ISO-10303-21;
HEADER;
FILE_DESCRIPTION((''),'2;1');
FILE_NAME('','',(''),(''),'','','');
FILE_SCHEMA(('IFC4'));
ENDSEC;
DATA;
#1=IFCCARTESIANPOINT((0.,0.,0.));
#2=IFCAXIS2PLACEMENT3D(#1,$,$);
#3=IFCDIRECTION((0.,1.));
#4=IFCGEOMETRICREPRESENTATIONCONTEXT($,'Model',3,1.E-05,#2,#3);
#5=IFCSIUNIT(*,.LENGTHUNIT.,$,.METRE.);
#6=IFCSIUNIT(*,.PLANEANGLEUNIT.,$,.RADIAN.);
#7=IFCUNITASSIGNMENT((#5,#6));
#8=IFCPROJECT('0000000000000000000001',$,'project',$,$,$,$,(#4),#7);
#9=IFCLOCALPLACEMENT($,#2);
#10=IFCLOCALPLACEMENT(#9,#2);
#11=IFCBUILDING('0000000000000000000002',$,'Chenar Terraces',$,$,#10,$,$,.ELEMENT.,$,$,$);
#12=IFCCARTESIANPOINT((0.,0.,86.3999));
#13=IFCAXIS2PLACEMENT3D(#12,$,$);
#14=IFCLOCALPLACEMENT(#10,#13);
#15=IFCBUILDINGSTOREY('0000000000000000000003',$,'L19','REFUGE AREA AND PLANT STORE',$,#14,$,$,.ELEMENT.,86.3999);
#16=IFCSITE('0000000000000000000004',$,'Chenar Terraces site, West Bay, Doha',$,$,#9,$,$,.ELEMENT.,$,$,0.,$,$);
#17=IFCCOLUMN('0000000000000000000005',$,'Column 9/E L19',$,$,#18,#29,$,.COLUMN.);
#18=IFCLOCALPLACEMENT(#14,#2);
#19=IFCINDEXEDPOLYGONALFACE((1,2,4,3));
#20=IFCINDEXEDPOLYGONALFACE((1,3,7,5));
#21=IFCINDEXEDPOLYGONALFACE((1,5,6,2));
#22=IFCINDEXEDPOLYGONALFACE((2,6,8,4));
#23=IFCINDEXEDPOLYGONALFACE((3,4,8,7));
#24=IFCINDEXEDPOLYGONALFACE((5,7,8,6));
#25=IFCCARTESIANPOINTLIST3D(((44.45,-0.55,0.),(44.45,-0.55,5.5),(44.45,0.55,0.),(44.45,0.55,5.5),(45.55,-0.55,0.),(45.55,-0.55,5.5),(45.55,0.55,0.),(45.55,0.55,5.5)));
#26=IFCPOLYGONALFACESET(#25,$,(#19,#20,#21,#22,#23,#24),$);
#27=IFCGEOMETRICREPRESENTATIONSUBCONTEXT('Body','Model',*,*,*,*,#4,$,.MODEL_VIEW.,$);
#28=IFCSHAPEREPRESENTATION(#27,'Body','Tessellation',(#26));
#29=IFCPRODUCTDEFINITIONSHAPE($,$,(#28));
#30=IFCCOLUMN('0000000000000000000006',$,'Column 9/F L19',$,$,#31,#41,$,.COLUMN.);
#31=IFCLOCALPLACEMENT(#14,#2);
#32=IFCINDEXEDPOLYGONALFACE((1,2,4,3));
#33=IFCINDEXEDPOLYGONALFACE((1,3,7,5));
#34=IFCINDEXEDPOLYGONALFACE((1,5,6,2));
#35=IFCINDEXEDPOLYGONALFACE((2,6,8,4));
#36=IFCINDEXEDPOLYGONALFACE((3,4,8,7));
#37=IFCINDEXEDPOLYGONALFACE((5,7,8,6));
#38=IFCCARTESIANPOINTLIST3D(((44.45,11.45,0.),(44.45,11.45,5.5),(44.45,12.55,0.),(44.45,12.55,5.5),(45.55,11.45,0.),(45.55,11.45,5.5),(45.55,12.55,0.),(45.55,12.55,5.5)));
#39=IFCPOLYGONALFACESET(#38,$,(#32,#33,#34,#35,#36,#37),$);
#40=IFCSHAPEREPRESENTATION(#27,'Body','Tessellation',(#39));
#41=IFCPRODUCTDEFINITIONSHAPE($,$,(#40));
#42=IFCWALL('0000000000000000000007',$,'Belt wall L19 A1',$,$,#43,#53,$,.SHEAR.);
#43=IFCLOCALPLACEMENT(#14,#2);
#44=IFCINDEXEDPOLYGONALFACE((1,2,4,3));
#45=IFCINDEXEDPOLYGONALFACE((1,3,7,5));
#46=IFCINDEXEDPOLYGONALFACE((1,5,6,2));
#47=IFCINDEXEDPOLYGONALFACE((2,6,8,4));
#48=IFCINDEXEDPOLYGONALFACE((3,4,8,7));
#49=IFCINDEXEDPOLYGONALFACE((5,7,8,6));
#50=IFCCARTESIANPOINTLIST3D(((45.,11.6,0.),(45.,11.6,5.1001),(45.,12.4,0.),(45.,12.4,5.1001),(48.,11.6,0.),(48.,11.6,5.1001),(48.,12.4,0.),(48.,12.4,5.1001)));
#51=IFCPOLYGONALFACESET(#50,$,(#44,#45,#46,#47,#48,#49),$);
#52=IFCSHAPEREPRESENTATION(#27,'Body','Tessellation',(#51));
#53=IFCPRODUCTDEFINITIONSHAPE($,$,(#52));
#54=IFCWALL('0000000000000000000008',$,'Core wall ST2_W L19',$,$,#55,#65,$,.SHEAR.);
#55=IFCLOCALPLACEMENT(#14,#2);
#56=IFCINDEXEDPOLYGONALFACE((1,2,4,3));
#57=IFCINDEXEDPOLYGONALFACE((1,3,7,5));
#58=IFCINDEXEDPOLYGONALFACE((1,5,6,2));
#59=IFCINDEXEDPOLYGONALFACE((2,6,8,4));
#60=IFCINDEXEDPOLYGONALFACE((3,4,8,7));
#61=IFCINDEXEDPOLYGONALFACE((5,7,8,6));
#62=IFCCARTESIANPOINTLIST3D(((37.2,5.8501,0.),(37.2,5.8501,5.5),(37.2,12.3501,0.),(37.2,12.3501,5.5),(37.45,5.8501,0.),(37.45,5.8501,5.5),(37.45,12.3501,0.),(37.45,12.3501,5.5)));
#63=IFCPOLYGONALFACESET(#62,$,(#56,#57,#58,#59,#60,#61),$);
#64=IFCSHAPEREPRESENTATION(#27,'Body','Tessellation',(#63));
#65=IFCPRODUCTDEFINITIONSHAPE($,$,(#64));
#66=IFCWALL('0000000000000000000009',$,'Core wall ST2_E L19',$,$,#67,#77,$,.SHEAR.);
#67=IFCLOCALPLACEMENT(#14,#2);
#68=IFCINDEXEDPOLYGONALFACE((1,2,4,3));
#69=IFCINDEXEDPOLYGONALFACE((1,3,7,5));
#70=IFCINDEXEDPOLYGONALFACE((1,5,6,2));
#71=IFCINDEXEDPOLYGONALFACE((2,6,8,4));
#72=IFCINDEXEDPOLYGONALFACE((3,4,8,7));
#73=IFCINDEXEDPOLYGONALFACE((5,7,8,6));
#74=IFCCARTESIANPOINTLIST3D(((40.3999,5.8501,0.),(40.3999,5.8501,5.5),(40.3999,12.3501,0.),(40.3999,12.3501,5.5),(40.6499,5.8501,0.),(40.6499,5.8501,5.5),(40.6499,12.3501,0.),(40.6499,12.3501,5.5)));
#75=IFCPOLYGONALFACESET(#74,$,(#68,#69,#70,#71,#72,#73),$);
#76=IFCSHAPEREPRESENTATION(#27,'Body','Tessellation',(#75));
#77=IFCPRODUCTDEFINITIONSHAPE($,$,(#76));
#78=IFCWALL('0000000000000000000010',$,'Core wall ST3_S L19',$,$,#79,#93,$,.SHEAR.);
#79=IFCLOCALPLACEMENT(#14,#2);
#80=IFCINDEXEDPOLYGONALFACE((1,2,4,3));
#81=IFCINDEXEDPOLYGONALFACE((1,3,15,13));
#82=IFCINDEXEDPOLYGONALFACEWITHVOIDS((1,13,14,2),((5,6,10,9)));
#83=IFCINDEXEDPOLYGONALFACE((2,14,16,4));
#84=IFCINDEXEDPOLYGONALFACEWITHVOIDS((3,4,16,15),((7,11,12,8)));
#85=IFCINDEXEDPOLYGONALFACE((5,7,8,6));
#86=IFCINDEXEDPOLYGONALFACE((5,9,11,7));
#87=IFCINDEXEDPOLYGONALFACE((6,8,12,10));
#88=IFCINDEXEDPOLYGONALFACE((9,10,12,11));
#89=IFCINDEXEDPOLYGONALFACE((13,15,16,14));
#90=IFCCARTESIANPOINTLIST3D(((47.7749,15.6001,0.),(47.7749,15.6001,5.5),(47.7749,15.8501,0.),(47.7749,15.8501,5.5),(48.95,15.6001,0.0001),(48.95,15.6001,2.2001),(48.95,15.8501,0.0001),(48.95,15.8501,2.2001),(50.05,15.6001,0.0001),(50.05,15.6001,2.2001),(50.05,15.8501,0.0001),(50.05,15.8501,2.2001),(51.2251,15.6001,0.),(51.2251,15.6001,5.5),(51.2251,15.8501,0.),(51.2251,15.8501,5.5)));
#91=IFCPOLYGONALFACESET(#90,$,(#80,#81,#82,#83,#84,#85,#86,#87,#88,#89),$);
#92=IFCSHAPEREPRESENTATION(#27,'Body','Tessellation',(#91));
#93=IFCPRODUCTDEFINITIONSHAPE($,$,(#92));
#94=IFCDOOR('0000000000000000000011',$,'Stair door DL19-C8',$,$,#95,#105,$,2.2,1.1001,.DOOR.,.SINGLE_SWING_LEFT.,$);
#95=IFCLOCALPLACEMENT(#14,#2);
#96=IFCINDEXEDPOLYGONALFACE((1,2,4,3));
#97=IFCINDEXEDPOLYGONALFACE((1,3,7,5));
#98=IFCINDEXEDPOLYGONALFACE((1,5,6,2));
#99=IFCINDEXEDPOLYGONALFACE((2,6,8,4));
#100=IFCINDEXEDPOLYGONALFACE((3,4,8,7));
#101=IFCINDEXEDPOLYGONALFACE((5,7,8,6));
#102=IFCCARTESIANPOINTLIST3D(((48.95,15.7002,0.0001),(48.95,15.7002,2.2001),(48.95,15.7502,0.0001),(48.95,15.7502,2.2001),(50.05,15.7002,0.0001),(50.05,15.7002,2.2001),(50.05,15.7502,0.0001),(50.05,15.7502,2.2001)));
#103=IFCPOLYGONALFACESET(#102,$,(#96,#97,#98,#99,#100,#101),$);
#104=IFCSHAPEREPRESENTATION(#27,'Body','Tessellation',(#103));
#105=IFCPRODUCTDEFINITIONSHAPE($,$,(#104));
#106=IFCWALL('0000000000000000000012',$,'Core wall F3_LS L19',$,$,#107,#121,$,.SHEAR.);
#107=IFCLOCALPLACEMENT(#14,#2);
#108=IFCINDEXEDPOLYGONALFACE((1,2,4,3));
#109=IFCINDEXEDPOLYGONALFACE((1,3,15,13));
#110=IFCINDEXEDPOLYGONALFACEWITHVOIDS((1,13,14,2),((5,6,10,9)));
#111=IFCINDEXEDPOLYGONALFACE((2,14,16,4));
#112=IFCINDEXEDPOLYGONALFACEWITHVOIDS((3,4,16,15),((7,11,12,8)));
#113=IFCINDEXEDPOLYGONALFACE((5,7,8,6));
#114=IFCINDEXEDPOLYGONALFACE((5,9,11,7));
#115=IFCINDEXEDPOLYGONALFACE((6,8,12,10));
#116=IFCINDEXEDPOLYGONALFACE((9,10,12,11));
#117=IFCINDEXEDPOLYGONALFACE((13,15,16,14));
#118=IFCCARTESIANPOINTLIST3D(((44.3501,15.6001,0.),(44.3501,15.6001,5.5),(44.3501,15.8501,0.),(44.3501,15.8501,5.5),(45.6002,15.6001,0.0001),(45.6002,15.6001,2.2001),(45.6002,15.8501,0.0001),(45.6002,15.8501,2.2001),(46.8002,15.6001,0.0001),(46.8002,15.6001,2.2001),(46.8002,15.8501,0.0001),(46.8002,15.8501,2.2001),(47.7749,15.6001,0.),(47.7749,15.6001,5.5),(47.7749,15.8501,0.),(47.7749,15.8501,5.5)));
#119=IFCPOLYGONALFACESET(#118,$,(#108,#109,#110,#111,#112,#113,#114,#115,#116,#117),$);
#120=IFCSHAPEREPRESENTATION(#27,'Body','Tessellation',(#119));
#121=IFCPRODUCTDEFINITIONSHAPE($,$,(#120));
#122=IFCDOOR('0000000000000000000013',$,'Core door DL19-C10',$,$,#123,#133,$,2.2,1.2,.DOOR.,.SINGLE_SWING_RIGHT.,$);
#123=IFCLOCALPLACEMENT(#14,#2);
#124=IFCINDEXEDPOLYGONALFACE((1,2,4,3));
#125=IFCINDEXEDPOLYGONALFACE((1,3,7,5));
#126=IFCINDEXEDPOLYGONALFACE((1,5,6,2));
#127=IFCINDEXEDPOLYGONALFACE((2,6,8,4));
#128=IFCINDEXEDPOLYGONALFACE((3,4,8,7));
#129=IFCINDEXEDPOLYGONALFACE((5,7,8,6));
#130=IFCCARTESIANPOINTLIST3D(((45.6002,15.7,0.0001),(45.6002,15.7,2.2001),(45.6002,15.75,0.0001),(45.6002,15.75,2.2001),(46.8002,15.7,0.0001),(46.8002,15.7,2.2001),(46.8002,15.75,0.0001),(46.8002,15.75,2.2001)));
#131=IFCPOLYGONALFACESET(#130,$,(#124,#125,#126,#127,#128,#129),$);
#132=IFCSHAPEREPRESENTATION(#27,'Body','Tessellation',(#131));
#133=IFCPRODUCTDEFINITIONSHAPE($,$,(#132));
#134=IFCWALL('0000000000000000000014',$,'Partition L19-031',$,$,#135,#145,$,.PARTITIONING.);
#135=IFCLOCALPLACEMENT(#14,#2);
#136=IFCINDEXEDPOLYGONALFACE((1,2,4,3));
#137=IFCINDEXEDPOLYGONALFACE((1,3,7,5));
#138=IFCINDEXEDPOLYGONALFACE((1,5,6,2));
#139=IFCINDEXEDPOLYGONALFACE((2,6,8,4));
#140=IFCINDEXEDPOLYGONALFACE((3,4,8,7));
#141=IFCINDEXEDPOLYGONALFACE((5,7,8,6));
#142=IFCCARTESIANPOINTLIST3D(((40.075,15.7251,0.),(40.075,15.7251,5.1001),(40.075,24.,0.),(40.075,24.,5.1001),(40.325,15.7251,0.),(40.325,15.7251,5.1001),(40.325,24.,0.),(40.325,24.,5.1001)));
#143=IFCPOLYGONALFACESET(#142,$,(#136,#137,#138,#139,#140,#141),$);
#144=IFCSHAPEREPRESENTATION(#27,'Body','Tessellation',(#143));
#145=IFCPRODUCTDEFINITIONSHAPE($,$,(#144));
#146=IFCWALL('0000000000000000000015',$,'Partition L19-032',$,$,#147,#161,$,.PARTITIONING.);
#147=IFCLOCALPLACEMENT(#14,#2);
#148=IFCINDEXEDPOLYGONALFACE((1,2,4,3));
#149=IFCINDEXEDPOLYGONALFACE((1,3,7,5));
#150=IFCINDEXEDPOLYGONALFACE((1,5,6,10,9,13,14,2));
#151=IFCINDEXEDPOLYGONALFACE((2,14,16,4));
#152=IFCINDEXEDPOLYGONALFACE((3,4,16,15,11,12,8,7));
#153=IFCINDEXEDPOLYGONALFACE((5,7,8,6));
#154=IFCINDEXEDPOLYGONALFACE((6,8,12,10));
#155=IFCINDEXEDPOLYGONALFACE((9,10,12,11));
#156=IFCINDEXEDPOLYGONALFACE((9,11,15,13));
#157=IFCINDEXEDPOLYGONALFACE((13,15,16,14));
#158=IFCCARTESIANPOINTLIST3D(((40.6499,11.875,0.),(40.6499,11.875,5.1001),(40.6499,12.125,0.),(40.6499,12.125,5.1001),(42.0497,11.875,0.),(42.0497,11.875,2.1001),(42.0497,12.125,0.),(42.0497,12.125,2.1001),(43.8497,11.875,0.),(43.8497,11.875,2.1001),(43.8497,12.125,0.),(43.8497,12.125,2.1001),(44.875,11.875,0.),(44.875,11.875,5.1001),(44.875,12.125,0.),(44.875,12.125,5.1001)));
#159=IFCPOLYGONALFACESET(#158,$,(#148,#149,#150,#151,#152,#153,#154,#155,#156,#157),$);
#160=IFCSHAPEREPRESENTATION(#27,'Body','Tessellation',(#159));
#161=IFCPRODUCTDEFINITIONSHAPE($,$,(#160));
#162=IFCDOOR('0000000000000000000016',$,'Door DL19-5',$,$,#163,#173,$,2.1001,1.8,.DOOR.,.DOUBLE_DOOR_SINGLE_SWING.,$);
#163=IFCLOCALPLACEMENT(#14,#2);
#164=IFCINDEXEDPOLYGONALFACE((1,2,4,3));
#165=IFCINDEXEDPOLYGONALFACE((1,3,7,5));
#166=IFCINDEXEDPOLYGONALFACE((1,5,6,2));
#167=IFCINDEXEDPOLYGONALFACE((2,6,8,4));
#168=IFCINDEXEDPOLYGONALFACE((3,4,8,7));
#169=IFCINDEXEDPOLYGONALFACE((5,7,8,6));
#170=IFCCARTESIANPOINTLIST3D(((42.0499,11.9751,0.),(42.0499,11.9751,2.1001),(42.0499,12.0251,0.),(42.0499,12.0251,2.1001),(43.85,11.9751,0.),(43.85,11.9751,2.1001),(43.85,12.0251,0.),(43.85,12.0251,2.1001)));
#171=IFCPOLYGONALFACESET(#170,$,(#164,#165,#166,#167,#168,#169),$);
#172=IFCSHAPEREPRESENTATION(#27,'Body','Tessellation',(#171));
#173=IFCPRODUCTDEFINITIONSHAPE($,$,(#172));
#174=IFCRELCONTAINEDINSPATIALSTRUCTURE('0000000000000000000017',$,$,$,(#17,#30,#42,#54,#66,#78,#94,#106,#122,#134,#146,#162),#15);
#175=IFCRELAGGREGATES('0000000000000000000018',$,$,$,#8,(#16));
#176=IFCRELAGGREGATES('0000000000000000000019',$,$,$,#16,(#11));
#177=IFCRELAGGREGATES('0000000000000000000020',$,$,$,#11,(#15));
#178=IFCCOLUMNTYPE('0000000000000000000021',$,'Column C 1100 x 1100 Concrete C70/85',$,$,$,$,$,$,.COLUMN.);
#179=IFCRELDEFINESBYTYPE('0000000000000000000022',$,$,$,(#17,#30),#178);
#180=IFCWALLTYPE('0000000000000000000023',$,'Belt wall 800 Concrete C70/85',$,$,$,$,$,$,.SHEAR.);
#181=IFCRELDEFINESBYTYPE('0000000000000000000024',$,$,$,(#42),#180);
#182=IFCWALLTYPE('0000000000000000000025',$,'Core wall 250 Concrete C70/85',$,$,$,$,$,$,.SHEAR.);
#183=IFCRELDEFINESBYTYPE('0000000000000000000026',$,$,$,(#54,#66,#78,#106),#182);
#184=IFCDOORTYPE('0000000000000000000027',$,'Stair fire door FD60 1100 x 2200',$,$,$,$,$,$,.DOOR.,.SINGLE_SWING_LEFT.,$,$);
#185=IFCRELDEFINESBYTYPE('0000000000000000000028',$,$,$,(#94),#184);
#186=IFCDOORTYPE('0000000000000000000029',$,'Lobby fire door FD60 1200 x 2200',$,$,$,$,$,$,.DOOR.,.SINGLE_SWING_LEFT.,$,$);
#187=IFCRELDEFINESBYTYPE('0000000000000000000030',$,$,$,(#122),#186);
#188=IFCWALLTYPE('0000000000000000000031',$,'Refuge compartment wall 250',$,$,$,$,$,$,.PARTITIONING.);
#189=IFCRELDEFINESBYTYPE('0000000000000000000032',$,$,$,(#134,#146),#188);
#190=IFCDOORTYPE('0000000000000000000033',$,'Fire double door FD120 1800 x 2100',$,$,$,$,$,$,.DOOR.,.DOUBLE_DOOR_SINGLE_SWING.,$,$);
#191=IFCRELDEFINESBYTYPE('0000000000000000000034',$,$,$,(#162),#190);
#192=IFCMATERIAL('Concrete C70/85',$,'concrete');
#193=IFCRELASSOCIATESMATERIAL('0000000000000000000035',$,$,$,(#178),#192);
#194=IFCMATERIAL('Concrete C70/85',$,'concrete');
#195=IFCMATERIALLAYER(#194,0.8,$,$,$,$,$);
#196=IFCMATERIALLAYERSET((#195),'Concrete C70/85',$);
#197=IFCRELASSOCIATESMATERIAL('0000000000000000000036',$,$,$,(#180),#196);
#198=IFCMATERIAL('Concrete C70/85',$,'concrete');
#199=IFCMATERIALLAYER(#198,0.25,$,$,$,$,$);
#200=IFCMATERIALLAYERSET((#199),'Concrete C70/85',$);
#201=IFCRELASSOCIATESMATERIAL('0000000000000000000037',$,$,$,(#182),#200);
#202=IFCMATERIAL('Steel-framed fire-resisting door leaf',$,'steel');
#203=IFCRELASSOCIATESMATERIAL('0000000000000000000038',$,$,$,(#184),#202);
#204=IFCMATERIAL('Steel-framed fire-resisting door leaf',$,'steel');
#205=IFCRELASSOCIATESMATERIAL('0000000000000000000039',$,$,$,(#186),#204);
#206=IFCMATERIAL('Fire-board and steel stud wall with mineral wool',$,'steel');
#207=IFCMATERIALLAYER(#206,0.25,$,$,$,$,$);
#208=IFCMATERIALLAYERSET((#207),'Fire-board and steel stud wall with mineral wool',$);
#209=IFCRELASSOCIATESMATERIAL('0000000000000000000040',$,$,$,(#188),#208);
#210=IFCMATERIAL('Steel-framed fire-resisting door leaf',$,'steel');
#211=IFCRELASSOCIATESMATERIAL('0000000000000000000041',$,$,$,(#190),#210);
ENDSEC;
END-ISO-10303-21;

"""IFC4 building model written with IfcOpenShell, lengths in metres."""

from ifc_helpers import new_model, si_unit, direction, frame, frame_2d, origin, origin_2d, place, context, subcontext, project, spatial, rectangle, extrude, material, layer, layer_set, material_profile, profile_set, type_object, element, fill, save


model = new_model("IFC4")

# Units and contexts
model_context = context("Model", 3, precision=1e-05, world=origin(), true_north=direction((0.0, 1.0)))
body_context = subcontext(model_context, "Body", "Model", "MODEL_VIEW")
ifc_project = project(units=[si_unit("LENGTHUNIT", "METRE"), si_unit("PLANEANGLEUNIT", "RADIAN")], contexts=[model_context])

# Site, building, storey
site_placement = place(None, origin())
site = spatial("IfcSite", under=ifc_project, at=site_placement, Name="Chenar Terraces site, West Bay, Doha", CompositionType="ELEMENT", RefElevation=0.0)
building_placement = place(site_placement, origin())
building = spatial("IfcBuilding", under=site, at=building_placement, Name="Chenar Terraces", CompositionType="ELEMENT")
storey_placement = place(building_placement, frame((0.0, 0.0, 86.3999)))
storey = spatial("IfcBuildingStorey", under=building, at=storey_placement, Name="L19", Description="REFUGE AREA AND PLANT STORE", CompositionType="ELEMENT", Elevation=86.3999)

# Columns
ifc_material_1 = material(Name="Concrete C70/85", Category="concrete")
ifc_material_profile_1 = material_profile(ifc_material_1, rectangle(XDim=1.1001, YDim=1.1001, at=origin_2d()), Name="C 1100 x 1100")
ifc_profile_set_1 = profile_set([ifc_material_profile_1], Name="Concrete C70/85")
column_type = type_object("IfcColumnType", Name="Column C 1100 x 1100 Concrete C70/85", PredefinedType="COLUMN", material=ifc_profile_set_1)
column_1_placement = place(storey_placement, frame((45.0, 0.0, 0.0), z_axis=(0.0, 0.0, 1.0), x_axis=(1.0, 0.0, 0.0)))
element("IfcColumn", 1, at=column_1_placement, inside=storey, type_object=column_type, Name="Column 9/E L19", PredefinedType="COLUMN", context=body_context, shape_type="SweptSolid", body=[
    extrude(rectangle(XDim=1.1001, YDim=1.1001, at=origin_2d()), origin(), (0.0, 0.0, 1.0), 5.5),
])
placement = place(storey_placement, frame((45.0, 12.0, 0.0), z_axis=(0.0, 0.0, 1.0), x_axis=(1.0, 0.0, 0.0)))
element("IfcColumn", 2, at=placement, inside=storey, type_object=column_type, Name="Column 9/F L19", PredefinedType="COLUMN", context=body_context, shape_type="SweptSolid", body=[
    extrude(rectangle(XDim=1.1001, YDim=1.1001, at=origin_2d()), origin(), (0.0, 0.0, 1.0), 5.5),
])

# Walls
ifc_material_2 = material(Name="Concrete C70/85", Category="concrete")
ifc_layer_1 = layer(ifc_material_2, 0.8)
ifc_layer_set_1 = layer_set([ifc_layer_1], Name="Concrete C70/85")
wall_type_1 = type_object("IfcWallType", Name="Belt wall 800 Concrete C70/85", PredefinedType="SHEAR", material=ifc_layer_set_1)
element("IfcWall", 3, at=placement, inside=storey, type_object=wall_type_1, Name="Belt wall L19 A1", PredefinedType="SHEAR", context=body_context, shape_type="SweptSolid", body=[
    extrude(rectangle(XDim=3.0, YDim=0.8, at=frame_2d((1.5, 0.0))), origin(), (0.0, 0.0, 1.0), 5.1001),
])
ifc_material_3 = material(Name="Concrete C70/85", Category="concrete")
ifc_layer_2 = layer(ifc_material_3, 0.25)
ifc_layer_set_2 = layer_set([ifc_layer_2], Name="Concrete C70/85")
wall_type_2 = type_object("IfcWallType", Name="Core wall 250 Concrete C70/85", PredefinedType="SHEAR", material=ifc_layer_set_2)
for number, where, z_axis, x_axis, name in (
    (4, (37.325, 5.8501, 0.0), (0.0, 0.0, 1.0), (0.0, 1.0, 0.0), "Core wall ST2_W L19"),
    (5, (40.5249, 5.8501, 0.0), (0.0, 0.0, 1.0), (0.0, 1.0, 0.0), "Core wall ST2_E L19"),
):
    element("IfcWall", number, at=place(storey_placement, frame(where, z_axis=z_axis, x_axis=x_axis)), inside=storey, type_object=wall_type_2, Name=name, PredefinedType="SHEAR", context=body_context, shape_type="SweptSolid", body=[
        extrude(rectangle(XDim=6.5, YDim=0.25, at=frame_2d((3.25, 0.0))), origin(), (0.0, 0.0, 1.0), 5.5),
    ])

# Walls, openings, doors
wall_1_placement = place(storey_placement, frame((47.7749, 15.7251, 0.0), z_axis=(0.0, 0.0, 1.0), x_axis=(1.0, 0.0, 0.0)))
wall_1 = element("IfcWall", 6, at=wall_1_placement, inside=storey, type_object=wall_type_2, Name="Core wall ST3_S L19", PredefinedType="SHEAR", context=body_context, shape_type="SweptSolid", body=[
    extrude(rectangle(XDim=3.4502, YDim=0.25, at=frame_2d((1.7251, 0.0))), origin(), (0.0, 0.0, 1.0), 5.5),
])
opening_1_placement = place(wall_1_placement, frame((1.175, 0.0, 0.0)))
opening_1 = element("IfcOpeningElement", 7, at=opening_1_placement, cuts=wall_1, PredefinedType="OPENING", context=body_context, shape_type="SweptSolid", body=[
    extrude(rectangle(XDim=1.1001, YDim=2.2, at=frame_2d((0.55, 1.1001))), frame((0.0, 0.135, 0.0), z_axis=(0.0, -1.0, 0.0), x_axis=(1.0, 0.0, 0.0)), (0.0, 0.0, 1.0), 0.27),
])
ifc_material_4 = material(Name="Steel-framed fire-resisting door leaf", Category="steel")
door_type_1 = type_object("IfcDoorType", Name="Stair fire door FD60 1100 x 2200", OperationType="SINGLE_SWING_LEFT", PredefinedType="DOOR", material=ifc_material_4)
door_1_placement = place(opening_1_placement, frame((1.1001, 0.0, 0.0), z_axis=(0.0, 0.0, 1.0), x_axis=(-1.0, 0.0, 0.0)))
door_1 = element("IfcDoor", 8, at=door_1_placement, inside=storey, type_object=door_type_1, Name="Stair door DL19-C8", OperationType="SINGLE_SWING_LEFT", OverallHeight=2.2, OverallWidth=1.1001, PredefinedType="DOOR", context=body_context, shape_type="SweptSolid", body=[
    extrude(rectangle(XDim=1.1001, YDim=2.2, at=frame_2d((0.55, 1.1001))), frame((0.0, 0.0249, 0.0), z_axis=(0.0, -1.0, 0.0), x_axis=(1.0, 0.0, 0.0)), (0.0, 0.0, 1.0), 0.05),
])
fill(opening_1, door_1)
wall_2_placement = place(storey_placement, frame((44.3501, 15.7251, 0.0), z_axis=(0.0, 0.0, 1.0), x_axis=(1.0, 0.0, 0.0)))
wall_2 = element("IfcWall", 9, at=wall_2_placement, inside=storey, type_object=wall_type_2, Name="Core wall F3_LS L19", PredefinedType="SHEAR", context=body_context, shape_type="SweptSolid", body=[
    extrude(rectangle(XDim=3.4248, YDim=0.25, at=frame_2d((1.7124, 0.0))), origin(), (0.0, 0.0, 1.0), 5.5),
])
opening_2_placement = place(wall_2_placement, frame((1.25, 0.0, 0.0)))
opening_2 = element("IfcOpeningElement", 10, at=opening_2_placement, cuts=wall_2, PredefinedType="OPENING", context=body_context, shape_type="SweptSolid", body=[
    extrude(rectangle(XDim=1.2, YDim=2.2, at=frame_2d((0.6001, 1.1001))), frame((0.0, 0.135, 0.0), z_axis=(0.0, -1.0, 0.0), x_axis=(1.0, 0.0, 0.0)), (0.0, 0.0, 1.0), 0.27),
])
ifc_material_5 = material(Name="Steel-framed fire-resisting door leaf", Category="steel")
door_type_2 = type_object("IfcDoorType", Name="Lobby fire door FD60 1200 x 2200", OperationType="SINGLE_SWING_LEFT", PredefinedType="DOOR", material=ifc_material_5)
door_2_placement = place(opening_2_placement, origin())
door_2 = element("IfcDoor", 11, at=door_2_placement, inside=storey, type_object=door_type_2, Name="Core door DL19-C10", OperationType="SINGLE_SWING_RIGHT", OverallHeight=2.2, OverallWidth=1.2, PredefinedType="DOOR", context=body_context, shape_type="SweptSolid", body=[
    extrude(rectangle(XDim=1.2, YDim=2.2, at=frame_2d((0.6001, 1.1001))), frame((0.0, 0.0249, 0.0), z_axis=(0.0, -1.0, 0.0), x_axis=(1.0, 0.0, 0.0)), (0.0, 0.0, 1.0), 0.05),
])
fill(opening_2, door_2)

# Wall
ifc_material_6 = material(Name="Fire-board and steel stud wall with mineral wool", Category="steel")
ifc_layer_3 = layer(ifc_material_6, 0.25)
ifc_layer_set_3 = layer_set([ifc_layer_3], Name="Fire-board and steel stud wall with mineral wool")
wall_type_3 = type_object("IfcWallType", Name="Refuge compartment wall 250", PredefinedType="PARTITIONING", material=ifc_layer_set_3)
wall_3_placement = place(storey_placement, frame((40.2, 15.7251, 0.0), z_axis=(0.0, 0.0, 1.0), x_axis=(0.0, 1.0, 0.0)))
element("IfcWall", 12, at=wall_3_placement, inside=storey, type_object=wall_type_3, Name="Partition L19-031", PredefinedType="PARTITIONING", context=body_context, shape_type="SweptSolid", body=[
    extrude(rectangle(XDim=8.2749, YDim=0.25, at=frame_2d((4.1375, 0.0))), origin(), (0.0, 0.0, 1.0), 5.1001),
])

# Wall, opening, door
wall_4_placement = place(storey_placement, frame((40.6499, 12.0, 0.0), z_axis=(0.0, 0.0, 1.0), x_axis=(1.0, 0.0, 0.0)))
wall_4 = element("IfcWall", 13, at=wall_4_placement, inside=storey, type_object=wall_type_3, Name="Partition L19-032", PredefinedType="PARTITIONING", context=body_context, shape_type="SweptSolid", body=[
    extrude(rectangle(XDim=4.2251, YDim=0.25, at=frame_2d((2.1125, 0.0))), origin(), (0.0, 0.0, 1.0), 5.1001),
])
opening_3_placement = place(wall_4_placement, frame((1.3999, 0.0, 0.0)))
opening_3 = element("IfcOpeningElement", 14, at=opening_3_placement, cuts=wall_4, PredefinedType="OPENING", context=body_context, shape_type="SweptSolid", body=[
    extrude(rectangle(XDim=1.8, YDim=2.1001, at=frame_2d((0.8999, 1.05))), frame((0.0, 0.135, 0.0), z_axis=(0.0, -1.0, 0.0), x_axis=(1.0, 0.0, 0.0)), (0.0, 0.0, 1.0), 0.27),
])
ifc_material_7 = material(Name="Steel-framed fire-resisting door leaf", Category="steel")
door_type_3 = type_object("IfcDoorType", Name="Fire double door FD120 1800 x 2100", OperationType="DOUBLE_DOOR_SINGLE_SWING", PredefinedType="DOOR", material=ifc_material_7)
door_3_placement = place(opening_3_placement, frame((1.8, 0.0, 0.0), z_axis=(0.0, 0.0, 1.0), x_axis=(-1.0, 0.0, 0.0)))
door_3 = element("IfcDoor", 15, at=door_3_placement, inside=storey, type_object=door_type_3, Name="Door DL19-5", OperationType="DOUBLE_DOOR_SINGLE_SWING", OverallHeight=2.1001, OverallWidth=1.8, PredefinedType="DOOR", context=body_context, shape_type="SweptSolid", body=[
    extrude(rectangle(XDim=1.8, YDim=2.1001, at=frame_2d((0.8999, 1.05))), frame((0.0, 0.0249, 0.0), z_axis=(0.0, -1.0, 0.0), x_axis=(1.0, 0.0, 0.0)), (0.0, 0.0, 1.0), 0.05),
])
fill(opening_3, door_3)

save(model, "model.ifc")
